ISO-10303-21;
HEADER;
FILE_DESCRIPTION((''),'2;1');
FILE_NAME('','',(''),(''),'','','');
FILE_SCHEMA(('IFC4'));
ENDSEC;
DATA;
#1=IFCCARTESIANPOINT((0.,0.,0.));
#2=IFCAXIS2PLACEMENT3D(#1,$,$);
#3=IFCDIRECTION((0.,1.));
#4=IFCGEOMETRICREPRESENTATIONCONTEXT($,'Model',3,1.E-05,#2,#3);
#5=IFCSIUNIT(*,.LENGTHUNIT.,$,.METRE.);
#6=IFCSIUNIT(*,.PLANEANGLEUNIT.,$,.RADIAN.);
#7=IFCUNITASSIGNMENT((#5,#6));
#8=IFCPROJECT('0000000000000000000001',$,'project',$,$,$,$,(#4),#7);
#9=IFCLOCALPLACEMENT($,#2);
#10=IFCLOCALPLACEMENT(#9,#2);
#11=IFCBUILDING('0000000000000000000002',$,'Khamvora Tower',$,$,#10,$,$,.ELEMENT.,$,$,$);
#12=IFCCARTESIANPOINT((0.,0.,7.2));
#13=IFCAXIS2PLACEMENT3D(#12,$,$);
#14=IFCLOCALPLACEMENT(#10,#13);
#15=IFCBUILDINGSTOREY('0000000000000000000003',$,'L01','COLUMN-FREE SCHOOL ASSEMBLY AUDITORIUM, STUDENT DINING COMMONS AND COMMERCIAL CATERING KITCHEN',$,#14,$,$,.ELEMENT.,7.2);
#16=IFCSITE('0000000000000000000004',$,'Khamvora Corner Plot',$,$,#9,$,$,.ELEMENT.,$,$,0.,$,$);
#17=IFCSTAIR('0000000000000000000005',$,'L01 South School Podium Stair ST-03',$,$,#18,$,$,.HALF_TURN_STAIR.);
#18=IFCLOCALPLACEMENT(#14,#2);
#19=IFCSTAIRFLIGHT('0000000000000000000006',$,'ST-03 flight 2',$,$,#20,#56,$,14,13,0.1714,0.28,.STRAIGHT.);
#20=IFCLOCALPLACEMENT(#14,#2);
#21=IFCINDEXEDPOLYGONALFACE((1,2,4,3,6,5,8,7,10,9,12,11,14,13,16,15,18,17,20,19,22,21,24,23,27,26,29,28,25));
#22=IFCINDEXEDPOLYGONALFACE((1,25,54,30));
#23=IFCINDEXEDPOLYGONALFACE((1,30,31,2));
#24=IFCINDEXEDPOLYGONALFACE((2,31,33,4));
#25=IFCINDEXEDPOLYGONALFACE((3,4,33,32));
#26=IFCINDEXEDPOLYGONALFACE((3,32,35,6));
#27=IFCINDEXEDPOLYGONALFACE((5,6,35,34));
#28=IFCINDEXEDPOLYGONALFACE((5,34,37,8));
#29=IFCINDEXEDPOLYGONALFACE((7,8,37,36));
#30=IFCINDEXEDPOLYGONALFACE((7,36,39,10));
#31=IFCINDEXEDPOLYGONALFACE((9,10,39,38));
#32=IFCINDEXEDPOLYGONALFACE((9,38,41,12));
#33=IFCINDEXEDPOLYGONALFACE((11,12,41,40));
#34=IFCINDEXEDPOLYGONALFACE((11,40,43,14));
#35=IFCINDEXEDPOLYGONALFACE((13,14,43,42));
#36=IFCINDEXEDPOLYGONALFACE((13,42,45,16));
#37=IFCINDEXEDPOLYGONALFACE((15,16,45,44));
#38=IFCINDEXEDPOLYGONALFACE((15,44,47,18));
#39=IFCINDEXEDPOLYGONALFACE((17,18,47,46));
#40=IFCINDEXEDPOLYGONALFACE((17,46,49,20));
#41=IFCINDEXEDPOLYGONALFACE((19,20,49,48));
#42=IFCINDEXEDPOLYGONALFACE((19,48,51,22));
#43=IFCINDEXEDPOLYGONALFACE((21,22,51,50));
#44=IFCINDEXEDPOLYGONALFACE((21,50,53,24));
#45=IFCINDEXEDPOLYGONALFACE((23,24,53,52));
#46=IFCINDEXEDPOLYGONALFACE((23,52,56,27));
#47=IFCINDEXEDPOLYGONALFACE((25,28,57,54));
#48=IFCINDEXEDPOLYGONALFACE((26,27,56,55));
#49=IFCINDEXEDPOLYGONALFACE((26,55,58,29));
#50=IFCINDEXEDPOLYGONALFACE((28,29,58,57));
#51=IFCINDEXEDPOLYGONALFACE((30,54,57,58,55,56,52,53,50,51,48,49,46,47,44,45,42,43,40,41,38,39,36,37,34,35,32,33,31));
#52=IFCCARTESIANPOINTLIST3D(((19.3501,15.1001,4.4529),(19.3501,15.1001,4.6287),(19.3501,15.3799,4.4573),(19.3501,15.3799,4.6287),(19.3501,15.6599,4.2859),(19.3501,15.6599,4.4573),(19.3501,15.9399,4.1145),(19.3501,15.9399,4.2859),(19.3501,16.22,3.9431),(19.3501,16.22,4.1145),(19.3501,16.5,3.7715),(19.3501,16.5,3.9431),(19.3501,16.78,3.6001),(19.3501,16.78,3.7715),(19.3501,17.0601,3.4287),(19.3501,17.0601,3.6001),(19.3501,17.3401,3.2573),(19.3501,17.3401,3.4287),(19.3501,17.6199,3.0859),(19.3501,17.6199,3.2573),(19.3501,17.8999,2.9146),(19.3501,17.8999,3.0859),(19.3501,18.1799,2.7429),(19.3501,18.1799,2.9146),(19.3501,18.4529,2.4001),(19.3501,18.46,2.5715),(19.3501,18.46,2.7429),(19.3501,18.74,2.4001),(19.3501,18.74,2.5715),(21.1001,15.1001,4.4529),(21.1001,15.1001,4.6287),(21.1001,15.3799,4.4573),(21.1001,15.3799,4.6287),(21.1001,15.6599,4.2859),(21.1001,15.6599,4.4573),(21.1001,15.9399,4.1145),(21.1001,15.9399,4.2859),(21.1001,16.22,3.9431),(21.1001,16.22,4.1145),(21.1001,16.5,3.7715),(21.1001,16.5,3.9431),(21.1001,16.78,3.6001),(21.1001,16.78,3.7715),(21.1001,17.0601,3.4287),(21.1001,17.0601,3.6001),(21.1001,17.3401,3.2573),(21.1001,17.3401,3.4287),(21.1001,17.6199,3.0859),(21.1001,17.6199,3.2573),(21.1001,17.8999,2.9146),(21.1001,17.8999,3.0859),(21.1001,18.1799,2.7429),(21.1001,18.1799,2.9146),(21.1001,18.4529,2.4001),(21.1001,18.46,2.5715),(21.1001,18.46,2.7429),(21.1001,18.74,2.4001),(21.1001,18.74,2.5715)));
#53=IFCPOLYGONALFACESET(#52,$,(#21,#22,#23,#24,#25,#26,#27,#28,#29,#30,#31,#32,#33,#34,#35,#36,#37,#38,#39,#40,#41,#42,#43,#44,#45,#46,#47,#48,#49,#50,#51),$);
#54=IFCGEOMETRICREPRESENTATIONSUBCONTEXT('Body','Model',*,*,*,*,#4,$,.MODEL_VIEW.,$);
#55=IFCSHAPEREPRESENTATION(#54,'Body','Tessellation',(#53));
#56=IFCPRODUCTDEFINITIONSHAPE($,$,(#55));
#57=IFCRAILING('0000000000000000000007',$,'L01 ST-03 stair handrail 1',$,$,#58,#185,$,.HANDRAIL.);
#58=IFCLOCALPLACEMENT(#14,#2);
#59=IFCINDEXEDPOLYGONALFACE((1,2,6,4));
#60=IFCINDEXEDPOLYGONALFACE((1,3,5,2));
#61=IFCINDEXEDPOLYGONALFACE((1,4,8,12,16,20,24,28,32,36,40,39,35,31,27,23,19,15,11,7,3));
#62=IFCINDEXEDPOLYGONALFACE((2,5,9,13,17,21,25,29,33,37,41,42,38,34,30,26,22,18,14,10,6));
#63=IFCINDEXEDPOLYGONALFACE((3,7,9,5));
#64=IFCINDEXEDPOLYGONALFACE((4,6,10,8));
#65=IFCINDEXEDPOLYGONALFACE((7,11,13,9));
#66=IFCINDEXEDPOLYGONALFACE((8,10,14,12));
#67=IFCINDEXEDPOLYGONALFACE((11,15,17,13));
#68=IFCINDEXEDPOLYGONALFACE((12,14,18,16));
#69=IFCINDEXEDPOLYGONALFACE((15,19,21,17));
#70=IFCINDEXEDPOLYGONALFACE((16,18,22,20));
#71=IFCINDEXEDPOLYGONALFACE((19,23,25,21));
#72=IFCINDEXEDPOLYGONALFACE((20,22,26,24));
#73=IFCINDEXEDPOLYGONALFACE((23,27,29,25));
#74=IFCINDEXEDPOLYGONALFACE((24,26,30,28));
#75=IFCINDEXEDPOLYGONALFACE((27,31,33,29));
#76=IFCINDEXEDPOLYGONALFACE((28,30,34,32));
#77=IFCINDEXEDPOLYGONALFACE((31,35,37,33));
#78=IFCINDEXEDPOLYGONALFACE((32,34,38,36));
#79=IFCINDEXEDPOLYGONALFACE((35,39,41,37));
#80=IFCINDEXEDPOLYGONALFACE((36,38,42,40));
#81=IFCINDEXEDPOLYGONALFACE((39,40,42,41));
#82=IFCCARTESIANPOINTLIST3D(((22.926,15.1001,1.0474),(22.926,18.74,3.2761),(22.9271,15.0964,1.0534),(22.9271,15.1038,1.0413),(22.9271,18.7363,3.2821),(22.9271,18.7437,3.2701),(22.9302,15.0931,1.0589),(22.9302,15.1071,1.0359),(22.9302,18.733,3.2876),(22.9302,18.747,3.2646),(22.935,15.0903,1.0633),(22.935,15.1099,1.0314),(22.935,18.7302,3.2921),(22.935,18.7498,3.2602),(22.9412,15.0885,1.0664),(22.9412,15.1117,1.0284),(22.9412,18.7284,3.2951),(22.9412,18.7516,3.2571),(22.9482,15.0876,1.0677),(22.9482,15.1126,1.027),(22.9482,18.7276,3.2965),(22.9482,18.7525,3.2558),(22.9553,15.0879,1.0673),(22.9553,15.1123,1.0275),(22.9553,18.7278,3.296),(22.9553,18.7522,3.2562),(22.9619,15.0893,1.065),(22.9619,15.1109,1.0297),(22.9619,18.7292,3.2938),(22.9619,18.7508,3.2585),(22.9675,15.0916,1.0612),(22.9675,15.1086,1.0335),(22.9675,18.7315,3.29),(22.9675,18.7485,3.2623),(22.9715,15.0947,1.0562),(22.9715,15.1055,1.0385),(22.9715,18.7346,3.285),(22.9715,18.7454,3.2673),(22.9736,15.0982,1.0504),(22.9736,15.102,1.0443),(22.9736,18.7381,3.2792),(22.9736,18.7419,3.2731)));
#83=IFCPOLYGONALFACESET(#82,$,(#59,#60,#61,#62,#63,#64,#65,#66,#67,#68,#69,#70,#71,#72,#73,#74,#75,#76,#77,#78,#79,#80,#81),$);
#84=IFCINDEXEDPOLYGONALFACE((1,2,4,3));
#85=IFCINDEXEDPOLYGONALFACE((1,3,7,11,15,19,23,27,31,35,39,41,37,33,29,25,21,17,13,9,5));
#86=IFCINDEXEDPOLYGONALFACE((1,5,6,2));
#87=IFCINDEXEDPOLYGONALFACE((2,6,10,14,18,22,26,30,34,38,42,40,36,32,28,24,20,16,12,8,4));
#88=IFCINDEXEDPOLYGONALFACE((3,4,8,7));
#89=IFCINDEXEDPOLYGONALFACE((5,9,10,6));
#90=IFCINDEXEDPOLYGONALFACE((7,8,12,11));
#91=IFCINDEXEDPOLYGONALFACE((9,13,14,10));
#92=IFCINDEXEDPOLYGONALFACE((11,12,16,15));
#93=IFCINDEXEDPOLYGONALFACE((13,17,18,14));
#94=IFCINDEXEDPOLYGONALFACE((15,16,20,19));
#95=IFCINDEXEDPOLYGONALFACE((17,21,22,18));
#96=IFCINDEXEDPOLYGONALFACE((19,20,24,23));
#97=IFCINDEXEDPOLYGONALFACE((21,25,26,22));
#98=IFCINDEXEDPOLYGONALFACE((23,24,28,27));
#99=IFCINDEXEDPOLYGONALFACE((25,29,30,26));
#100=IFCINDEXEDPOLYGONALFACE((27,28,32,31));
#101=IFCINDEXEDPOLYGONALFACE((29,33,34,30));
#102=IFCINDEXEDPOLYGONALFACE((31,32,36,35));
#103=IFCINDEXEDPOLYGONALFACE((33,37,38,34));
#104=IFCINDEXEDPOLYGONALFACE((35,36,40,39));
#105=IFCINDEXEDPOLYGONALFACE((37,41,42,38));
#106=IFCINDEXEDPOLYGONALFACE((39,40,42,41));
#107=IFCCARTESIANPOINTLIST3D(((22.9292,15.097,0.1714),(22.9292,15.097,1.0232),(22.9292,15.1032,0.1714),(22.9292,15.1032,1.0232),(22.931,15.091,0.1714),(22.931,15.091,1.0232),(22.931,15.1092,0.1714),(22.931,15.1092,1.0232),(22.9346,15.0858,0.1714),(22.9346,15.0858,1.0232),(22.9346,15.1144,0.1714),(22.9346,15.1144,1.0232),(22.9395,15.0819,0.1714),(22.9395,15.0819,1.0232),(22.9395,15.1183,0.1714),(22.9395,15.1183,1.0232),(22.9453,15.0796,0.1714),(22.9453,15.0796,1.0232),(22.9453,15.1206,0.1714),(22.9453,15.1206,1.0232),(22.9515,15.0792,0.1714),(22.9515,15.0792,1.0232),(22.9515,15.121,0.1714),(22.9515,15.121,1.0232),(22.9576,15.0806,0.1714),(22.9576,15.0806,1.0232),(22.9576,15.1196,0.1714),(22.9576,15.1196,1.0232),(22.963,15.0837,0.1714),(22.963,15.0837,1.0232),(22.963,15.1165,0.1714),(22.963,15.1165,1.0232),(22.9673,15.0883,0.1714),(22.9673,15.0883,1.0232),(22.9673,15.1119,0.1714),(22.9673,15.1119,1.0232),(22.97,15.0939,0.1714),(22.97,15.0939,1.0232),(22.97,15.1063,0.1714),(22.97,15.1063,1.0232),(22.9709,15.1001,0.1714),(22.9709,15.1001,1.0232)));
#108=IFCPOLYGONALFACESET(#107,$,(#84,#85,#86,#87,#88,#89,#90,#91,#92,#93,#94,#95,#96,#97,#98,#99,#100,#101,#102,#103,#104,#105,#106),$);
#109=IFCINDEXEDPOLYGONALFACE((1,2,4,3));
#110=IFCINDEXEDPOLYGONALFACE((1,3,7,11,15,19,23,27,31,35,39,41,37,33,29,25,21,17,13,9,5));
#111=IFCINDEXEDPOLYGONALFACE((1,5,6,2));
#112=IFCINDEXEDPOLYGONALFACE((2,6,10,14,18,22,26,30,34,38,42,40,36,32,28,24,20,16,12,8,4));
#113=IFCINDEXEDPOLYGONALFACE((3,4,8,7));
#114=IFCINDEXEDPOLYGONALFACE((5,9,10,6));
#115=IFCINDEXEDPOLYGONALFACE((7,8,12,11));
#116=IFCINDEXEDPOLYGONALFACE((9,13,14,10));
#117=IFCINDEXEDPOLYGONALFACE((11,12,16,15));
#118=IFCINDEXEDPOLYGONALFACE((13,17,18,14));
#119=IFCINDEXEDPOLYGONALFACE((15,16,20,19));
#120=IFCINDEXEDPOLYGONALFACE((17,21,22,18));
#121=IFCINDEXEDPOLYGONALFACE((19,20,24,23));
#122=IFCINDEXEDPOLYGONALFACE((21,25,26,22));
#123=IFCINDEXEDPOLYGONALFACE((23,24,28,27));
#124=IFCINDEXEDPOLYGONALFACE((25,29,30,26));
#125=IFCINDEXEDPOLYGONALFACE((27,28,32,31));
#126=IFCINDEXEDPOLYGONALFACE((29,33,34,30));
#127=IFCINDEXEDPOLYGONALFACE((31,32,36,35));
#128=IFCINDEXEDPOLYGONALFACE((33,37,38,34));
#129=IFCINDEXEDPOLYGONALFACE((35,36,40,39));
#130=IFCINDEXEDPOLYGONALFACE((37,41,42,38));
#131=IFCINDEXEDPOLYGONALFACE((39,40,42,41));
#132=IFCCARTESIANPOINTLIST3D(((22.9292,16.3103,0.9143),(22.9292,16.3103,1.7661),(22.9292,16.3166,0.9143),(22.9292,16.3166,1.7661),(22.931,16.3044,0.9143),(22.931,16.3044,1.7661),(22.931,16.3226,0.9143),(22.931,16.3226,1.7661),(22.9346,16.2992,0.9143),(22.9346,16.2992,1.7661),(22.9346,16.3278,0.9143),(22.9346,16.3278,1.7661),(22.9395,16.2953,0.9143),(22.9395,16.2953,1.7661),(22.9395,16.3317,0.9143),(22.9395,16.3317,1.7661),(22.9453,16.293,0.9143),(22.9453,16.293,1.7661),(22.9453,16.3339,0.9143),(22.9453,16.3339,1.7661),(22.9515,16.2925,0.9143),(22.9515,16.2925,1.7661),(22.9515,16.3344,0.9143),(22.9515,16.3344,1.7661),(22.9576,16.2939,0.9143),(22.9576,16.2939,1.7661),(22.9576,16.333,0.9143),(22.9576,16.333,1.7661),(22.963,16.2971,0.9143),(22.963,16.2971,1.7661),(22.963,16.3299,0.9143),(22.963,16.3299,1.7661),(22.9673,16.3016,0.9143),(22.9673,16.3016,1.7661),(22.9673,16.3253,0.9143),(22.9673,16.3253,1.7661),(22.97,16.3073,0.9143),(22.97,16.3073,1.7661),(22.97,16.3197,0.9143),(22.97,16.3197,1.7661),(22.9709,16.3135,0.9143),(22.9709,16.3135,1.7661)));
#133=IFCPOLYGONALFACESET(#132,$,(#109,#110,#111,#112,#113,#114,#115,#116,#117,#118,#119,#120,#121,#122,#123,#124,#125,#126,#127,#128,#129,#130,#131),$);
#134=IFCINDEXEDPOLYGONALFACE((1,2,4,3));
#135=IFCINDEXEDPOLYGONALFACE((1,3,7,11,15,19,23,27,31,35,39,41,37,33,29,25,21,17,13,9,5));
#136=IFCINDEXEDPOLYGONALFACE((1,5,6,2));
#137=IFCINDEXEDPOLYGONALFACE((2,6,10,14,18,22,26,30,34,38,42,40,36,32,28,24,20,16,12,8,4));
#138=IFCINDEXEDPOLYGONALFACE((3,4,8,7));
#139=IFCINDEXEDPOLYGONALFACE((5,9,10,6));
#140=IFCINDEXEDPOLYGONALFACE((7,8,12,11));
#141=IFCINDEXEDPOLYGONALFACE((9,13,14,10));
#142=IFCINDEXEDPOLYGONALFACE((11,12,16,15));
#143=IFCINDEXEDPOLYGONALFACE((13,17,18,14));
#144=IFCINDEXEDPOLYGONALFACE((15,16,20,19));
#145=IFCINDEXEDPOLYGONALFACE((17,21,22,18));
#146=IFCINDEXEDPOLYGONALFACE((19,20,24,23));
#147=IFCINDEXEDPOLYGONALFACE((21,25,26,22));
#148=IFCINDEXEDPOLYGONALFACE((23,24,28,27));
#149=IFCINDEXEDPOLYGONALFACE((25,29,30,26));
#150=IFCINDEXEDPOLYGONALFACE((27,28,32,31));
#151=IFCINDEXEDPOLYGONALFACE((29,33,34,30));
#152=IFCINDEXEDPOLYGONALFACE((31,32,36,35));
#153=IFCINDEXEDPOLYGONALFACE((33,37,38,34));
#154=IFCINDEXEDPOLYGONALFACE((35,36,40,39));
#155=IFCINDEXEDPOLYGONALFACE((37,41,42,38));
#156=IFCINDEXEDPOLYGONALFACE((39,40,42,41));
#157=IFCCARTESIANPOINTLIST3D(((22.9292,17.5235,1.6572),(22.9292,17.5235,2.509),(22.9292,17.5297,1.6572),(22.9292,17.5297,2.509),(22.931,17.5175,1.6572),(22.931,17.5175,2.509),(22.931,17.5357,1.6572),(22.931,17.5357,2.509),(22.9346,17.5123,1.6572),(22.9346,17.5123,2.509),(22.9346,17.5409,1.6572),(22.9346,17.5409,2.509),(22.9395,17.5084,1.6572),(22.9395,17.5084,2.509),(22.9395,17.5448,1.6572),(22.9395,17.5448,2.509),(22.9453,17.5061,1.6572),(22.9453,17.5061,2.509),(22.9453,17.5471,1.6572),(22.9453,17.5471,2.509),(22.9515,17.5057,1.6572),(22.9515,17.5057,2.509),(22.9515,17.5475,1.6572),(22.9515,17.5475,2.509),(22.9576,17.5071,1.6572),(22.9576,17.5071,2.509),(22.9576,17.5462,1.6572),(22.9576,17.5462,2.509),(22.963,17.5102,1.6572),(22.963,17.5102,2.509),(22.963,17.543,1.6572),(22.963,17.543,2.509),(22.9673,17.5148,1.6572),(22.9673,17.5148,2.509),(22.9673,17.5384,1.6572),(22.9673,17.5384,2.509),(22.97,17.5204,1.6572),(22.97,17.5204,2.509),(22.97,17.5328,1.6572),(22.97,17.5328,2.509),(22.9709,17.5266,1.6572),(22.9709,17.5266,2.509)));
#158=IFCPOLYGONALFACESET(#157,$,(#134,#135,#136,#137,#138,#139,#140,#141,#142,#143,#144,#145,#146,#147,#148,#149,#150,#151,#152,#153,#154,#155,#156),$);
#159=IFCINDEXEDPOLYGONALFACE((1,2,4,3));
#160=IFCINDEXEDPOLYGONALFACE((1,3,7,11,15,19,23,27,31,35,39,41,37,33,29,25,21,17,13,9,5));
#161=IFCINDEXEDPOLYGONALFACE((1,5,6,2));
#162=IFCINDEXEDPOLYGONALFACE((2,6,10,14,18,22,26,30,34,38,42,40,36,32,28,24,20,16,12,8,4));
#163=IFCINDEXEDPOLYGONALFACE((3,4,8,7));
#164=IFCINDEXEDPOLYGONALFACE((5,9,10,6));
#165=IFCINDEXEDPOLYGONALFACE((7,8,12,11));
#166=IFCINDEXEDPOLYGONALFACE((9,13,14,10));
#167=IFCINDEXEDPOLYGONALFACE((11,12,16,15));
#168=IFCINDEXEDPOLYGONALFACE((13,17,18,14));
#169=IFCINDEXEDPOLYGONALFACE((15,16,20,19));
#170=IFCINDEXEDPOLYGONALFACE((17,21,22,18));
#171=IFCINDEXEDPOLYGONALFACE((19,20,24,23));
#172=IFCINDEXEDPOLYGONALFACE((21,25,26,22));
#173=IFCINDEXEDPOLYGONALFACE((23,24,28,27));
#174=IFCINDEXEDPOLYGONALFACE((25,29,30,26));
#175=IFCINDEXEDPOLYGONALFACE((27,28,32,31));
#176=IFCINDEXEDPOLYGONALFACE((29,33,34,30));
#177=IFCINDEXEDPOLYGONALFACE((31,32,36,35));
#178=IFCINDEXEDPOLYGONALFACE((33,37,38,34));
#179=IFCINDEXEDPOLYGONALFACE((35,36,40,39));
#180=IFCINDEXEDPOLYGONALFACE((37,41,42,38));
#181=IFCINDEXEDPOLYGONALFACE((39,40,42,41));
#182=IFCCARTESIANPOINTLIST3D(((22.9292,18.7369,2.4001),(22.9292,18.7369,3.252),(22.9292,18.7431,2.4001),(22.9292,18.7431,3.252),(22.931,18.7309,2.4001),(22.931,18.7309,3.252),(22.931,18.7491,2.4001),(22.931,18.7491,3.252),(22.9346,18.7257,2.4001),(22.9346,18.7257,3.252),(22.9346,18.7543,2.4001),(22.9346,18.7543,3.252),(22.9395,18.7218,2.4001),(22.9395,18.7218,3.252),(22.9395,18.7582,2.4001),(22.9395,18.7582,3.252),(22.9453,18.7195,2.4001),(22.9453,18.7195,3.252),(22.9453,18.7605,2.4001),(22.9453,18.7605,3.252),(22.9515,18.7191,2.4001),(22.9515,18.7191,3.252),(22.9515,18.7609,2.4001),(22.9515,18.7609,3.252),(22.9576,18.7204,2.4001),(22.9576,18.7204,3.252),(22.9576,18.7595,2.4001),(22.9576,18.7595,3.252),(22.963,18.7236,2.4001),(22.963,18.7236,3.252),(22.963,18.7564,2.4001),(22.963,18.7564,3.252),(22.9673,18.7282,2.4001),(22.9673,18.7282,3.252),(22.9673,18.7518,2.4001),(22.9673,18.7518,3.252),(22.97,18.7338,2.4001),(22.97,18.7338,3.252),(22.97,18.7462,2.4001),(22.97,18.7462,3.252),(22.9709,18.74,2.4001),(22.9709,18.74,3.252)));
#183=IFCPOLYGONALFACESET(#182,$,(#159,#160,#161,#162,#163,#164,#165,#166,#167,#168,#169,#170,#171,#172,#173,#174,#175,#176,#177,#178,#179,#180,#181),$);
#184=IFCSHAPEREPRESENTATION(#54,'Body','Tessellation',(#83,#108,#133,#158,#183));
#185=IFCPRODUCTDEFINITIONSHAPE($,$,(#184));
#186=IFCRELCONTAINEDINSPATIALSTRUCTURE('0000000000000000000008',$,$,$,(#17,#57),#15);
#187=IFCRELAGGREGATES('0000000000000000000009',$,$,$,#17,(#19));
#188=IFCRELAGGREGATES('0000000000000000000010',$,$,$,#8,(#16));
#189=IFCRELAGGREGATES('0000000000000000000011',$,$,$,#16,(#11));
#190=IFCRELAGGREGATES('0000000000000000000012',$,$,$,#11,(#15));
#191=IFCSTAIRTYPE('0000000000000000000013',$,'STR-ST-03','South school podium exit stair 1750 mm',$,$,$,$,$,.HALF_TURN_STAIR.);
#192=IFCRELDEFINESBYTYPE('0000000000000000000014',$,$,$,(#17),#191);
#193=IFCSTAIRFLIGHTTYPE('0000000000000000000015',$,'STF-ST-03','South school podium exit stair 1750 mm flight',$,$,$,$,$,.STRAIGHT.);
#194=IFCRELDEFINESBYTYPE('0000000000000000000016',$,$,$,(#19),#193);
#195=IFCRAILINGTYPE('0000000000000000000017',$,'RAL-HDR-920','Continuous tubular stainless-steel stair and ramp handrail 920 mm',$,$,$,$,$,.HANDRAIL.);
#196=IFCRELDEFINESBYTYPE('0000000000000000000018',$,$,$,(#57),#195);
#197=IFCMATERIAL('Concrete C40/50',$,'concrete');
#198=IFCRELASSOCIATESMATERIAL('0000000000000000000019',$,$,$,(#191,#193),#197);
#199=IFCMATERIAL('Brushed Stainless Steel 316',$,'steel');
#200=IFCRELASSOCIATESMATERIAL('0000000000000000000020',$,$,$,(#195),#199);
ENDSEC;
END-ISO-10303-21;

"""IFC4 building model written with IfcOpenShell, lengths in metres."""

from ifc_helpers import new_model, si_unit, direction, frame, origin, origin_2d, place, context, subcontext, project, spatial, polyline, circle, outline, extrude, material, type_object, element, aggregate, save


model = new_model("IFC4")

# Units and contexts
model_context = context("Model", 3, precision=1e-05, world=origin(), true_north=direction((0.0, 1.0)))
body_context = subcontext(model_context, "Body", "Model", "MODEL_VIEW")
ifc_project = project(units=[si_unit("LENGTHUNIT", "METRE"), si_unit("PLANEANGLEUNIT", "RADIAN")], contexts=[model_context])

# Site, building, storey
site_placement = place(None, origin())
site = spatial("IfcSite", under=ifc_project, at=site_placement, Name="Khamvora Corner Plot", CompositionType="ELEMENT", RefElevation=0.0)
building_placement = place(site_placement, origin())
building = spatial("IfcBuilding", under=site, at=building_placement, Name="Khamvora Tower", CompositionType="ELEMENT")
storey_placement = place(building_placement, frame((0.0, 0.0, 7.2)))
storey = spatial("IfcBuildingStorey", under=building, at=storey_placement, Name="L01", Description="COLUMN-FREE SCHOOL ASSEMBLY AUDITORIUM, STUDENT DINING COMMONS AND COMMERCIAL CATERING KITCHEN", CompositionType="ELEMENT", Elevation=7.2)

# Shared definitions
ifc_material_1 = material(Name="Concrete C40/50", Category="concrete")

# Stair, stair flight
stair_type = type_object("IfcStairType", Name="STR-ST-03", Description="South school podium exit stair 1750 mm", PredefinedType="HALF_TURN_STAIR", material=ifc_material_1)
stair_placement = place(storey_placement, origin())
stair = element("IfcStair", 1, at=stair_placement, inside=storey, type_object=stair_type, Name="L01 South School Podium Stair ST-03", PredefinedType="HALF_TURN_STAIR")
stair_flight_type = type_object("IfcStairFlightType", Name="STF-ST-03", Description="South school podium exit stair 1750 mm flight", PredefinedType="STRAIGHT", material=ifc_material_1)
stair_flight_1_placement = place(storey_placement, frame((20.2251, 18.74, 2.4001), z_axis=(0.0, 0.0, 1.0), x_axis=(0.0, -1.0, 0.0)))
stair_flight_1 = element("IfcStairFlight", 2, at=stair_flight_1_placement, type_object=stair_flight_type, Name="ST-03 flight 2", NumberOfRisers=14, NumberOfTreads=13, PredefinedType="STRAIGHT", RiserHeight=0.1714, TreadLength=0.28, context=body_context, shape_type="SweptSolid", body=[
    extrude(outline(polyline([(0.0, 0.0), (0.0, 0.1714), (0.28, 0.1714), (0.28, 0.3428), (0.5601, 0.3428), (0.5601, 0.5144), (0.8401, 0.5144), (0.8401, 0.6858), (1.1201, 0.6858), (1.1201, 0.8572), (1.3999, 0.8572), (1.3999, 1.0286), (1.6799, 1.0286), (1.6799, 1.2), (1.96, 1.2), (1.96, 1.3713), (2.24, 1.3713), (2.24, 1.543), (2.52, 1.543), (2.52, 1.7144), (2.8, 1.7144), (2.8, 1.8857), (3.0801, 1.8857), (3.0801, 2.0571), (3.3601, 2.0571), (3.3601, 2.2285), (3.6399, 2.2285), (3.6399, 2.3999), (3.6399, 2.0527), (0.2871, 0.0), (0.0, 0.0)])), frame((0.0, 0.875, 0.0), z_axis=(0.0, -1.0, 0.0), x_axis=(1.0, 0.0, 0.0)), (0.0, 0.0, 1.0), 1.75),
])
aggregate(stair, [stair_flight_1])

# Railing
ifc_material_2 = material(Name="Brushed Stainless Steel 316", Category="steel")
railing_type_1 = type_object("IfcRailingType", Name="RAL-HDR-920", Description="Continuous tubular stainless-steel stair and ramp handrail 920 mm", PredefinedType="HANDRAIL", material=ifc_material_2)
railing_1_placement = place(storey_placement, frame((22.95, 15.1001, 0.1714)))
element("IfcRailing", 3, at=railing_1_placement, inside=storey, type_object=railing_type_1, Name="L01 ST-03 stair handrail 1", PredefinedType="HANDRAIL", context=body_context, shape_type="SweptSolid", body=[
    extrude(circle(Radius=0.0239, at=origin_2d()), frame((0.0, 0.0, 0.876), z_axis=(0.0, 0.852825, 0.522197), x_axis=(-1.0, 0.0, 0.0)), (0.0, 0.0, 1.0), 4.2681),
    extrude(circle(Radius=0.021, at=origin_2d()), origin(), (0.0, 0.0, 1.0), 0.8518),
    extrude(circle(Radius=0.021, at=origin_2d()), frame((0.0, 1.2134, 0.7429)), (0.0, 0.0, 1.0), 0.8518),
    extrude(circle(Radius=0.021, at=origin_2d()), frame((0.0, 2.4265, 1.4858)), (0.0, 0.0, 1.0), 0.8518),
    extrude(circle(Radius=0.021, at=origin_2d()), frame((0.0, 3.6399, 2.2288)), (0.0, 0.0, 1.0), 0.8518),
])

save(model, "model.ifc")
